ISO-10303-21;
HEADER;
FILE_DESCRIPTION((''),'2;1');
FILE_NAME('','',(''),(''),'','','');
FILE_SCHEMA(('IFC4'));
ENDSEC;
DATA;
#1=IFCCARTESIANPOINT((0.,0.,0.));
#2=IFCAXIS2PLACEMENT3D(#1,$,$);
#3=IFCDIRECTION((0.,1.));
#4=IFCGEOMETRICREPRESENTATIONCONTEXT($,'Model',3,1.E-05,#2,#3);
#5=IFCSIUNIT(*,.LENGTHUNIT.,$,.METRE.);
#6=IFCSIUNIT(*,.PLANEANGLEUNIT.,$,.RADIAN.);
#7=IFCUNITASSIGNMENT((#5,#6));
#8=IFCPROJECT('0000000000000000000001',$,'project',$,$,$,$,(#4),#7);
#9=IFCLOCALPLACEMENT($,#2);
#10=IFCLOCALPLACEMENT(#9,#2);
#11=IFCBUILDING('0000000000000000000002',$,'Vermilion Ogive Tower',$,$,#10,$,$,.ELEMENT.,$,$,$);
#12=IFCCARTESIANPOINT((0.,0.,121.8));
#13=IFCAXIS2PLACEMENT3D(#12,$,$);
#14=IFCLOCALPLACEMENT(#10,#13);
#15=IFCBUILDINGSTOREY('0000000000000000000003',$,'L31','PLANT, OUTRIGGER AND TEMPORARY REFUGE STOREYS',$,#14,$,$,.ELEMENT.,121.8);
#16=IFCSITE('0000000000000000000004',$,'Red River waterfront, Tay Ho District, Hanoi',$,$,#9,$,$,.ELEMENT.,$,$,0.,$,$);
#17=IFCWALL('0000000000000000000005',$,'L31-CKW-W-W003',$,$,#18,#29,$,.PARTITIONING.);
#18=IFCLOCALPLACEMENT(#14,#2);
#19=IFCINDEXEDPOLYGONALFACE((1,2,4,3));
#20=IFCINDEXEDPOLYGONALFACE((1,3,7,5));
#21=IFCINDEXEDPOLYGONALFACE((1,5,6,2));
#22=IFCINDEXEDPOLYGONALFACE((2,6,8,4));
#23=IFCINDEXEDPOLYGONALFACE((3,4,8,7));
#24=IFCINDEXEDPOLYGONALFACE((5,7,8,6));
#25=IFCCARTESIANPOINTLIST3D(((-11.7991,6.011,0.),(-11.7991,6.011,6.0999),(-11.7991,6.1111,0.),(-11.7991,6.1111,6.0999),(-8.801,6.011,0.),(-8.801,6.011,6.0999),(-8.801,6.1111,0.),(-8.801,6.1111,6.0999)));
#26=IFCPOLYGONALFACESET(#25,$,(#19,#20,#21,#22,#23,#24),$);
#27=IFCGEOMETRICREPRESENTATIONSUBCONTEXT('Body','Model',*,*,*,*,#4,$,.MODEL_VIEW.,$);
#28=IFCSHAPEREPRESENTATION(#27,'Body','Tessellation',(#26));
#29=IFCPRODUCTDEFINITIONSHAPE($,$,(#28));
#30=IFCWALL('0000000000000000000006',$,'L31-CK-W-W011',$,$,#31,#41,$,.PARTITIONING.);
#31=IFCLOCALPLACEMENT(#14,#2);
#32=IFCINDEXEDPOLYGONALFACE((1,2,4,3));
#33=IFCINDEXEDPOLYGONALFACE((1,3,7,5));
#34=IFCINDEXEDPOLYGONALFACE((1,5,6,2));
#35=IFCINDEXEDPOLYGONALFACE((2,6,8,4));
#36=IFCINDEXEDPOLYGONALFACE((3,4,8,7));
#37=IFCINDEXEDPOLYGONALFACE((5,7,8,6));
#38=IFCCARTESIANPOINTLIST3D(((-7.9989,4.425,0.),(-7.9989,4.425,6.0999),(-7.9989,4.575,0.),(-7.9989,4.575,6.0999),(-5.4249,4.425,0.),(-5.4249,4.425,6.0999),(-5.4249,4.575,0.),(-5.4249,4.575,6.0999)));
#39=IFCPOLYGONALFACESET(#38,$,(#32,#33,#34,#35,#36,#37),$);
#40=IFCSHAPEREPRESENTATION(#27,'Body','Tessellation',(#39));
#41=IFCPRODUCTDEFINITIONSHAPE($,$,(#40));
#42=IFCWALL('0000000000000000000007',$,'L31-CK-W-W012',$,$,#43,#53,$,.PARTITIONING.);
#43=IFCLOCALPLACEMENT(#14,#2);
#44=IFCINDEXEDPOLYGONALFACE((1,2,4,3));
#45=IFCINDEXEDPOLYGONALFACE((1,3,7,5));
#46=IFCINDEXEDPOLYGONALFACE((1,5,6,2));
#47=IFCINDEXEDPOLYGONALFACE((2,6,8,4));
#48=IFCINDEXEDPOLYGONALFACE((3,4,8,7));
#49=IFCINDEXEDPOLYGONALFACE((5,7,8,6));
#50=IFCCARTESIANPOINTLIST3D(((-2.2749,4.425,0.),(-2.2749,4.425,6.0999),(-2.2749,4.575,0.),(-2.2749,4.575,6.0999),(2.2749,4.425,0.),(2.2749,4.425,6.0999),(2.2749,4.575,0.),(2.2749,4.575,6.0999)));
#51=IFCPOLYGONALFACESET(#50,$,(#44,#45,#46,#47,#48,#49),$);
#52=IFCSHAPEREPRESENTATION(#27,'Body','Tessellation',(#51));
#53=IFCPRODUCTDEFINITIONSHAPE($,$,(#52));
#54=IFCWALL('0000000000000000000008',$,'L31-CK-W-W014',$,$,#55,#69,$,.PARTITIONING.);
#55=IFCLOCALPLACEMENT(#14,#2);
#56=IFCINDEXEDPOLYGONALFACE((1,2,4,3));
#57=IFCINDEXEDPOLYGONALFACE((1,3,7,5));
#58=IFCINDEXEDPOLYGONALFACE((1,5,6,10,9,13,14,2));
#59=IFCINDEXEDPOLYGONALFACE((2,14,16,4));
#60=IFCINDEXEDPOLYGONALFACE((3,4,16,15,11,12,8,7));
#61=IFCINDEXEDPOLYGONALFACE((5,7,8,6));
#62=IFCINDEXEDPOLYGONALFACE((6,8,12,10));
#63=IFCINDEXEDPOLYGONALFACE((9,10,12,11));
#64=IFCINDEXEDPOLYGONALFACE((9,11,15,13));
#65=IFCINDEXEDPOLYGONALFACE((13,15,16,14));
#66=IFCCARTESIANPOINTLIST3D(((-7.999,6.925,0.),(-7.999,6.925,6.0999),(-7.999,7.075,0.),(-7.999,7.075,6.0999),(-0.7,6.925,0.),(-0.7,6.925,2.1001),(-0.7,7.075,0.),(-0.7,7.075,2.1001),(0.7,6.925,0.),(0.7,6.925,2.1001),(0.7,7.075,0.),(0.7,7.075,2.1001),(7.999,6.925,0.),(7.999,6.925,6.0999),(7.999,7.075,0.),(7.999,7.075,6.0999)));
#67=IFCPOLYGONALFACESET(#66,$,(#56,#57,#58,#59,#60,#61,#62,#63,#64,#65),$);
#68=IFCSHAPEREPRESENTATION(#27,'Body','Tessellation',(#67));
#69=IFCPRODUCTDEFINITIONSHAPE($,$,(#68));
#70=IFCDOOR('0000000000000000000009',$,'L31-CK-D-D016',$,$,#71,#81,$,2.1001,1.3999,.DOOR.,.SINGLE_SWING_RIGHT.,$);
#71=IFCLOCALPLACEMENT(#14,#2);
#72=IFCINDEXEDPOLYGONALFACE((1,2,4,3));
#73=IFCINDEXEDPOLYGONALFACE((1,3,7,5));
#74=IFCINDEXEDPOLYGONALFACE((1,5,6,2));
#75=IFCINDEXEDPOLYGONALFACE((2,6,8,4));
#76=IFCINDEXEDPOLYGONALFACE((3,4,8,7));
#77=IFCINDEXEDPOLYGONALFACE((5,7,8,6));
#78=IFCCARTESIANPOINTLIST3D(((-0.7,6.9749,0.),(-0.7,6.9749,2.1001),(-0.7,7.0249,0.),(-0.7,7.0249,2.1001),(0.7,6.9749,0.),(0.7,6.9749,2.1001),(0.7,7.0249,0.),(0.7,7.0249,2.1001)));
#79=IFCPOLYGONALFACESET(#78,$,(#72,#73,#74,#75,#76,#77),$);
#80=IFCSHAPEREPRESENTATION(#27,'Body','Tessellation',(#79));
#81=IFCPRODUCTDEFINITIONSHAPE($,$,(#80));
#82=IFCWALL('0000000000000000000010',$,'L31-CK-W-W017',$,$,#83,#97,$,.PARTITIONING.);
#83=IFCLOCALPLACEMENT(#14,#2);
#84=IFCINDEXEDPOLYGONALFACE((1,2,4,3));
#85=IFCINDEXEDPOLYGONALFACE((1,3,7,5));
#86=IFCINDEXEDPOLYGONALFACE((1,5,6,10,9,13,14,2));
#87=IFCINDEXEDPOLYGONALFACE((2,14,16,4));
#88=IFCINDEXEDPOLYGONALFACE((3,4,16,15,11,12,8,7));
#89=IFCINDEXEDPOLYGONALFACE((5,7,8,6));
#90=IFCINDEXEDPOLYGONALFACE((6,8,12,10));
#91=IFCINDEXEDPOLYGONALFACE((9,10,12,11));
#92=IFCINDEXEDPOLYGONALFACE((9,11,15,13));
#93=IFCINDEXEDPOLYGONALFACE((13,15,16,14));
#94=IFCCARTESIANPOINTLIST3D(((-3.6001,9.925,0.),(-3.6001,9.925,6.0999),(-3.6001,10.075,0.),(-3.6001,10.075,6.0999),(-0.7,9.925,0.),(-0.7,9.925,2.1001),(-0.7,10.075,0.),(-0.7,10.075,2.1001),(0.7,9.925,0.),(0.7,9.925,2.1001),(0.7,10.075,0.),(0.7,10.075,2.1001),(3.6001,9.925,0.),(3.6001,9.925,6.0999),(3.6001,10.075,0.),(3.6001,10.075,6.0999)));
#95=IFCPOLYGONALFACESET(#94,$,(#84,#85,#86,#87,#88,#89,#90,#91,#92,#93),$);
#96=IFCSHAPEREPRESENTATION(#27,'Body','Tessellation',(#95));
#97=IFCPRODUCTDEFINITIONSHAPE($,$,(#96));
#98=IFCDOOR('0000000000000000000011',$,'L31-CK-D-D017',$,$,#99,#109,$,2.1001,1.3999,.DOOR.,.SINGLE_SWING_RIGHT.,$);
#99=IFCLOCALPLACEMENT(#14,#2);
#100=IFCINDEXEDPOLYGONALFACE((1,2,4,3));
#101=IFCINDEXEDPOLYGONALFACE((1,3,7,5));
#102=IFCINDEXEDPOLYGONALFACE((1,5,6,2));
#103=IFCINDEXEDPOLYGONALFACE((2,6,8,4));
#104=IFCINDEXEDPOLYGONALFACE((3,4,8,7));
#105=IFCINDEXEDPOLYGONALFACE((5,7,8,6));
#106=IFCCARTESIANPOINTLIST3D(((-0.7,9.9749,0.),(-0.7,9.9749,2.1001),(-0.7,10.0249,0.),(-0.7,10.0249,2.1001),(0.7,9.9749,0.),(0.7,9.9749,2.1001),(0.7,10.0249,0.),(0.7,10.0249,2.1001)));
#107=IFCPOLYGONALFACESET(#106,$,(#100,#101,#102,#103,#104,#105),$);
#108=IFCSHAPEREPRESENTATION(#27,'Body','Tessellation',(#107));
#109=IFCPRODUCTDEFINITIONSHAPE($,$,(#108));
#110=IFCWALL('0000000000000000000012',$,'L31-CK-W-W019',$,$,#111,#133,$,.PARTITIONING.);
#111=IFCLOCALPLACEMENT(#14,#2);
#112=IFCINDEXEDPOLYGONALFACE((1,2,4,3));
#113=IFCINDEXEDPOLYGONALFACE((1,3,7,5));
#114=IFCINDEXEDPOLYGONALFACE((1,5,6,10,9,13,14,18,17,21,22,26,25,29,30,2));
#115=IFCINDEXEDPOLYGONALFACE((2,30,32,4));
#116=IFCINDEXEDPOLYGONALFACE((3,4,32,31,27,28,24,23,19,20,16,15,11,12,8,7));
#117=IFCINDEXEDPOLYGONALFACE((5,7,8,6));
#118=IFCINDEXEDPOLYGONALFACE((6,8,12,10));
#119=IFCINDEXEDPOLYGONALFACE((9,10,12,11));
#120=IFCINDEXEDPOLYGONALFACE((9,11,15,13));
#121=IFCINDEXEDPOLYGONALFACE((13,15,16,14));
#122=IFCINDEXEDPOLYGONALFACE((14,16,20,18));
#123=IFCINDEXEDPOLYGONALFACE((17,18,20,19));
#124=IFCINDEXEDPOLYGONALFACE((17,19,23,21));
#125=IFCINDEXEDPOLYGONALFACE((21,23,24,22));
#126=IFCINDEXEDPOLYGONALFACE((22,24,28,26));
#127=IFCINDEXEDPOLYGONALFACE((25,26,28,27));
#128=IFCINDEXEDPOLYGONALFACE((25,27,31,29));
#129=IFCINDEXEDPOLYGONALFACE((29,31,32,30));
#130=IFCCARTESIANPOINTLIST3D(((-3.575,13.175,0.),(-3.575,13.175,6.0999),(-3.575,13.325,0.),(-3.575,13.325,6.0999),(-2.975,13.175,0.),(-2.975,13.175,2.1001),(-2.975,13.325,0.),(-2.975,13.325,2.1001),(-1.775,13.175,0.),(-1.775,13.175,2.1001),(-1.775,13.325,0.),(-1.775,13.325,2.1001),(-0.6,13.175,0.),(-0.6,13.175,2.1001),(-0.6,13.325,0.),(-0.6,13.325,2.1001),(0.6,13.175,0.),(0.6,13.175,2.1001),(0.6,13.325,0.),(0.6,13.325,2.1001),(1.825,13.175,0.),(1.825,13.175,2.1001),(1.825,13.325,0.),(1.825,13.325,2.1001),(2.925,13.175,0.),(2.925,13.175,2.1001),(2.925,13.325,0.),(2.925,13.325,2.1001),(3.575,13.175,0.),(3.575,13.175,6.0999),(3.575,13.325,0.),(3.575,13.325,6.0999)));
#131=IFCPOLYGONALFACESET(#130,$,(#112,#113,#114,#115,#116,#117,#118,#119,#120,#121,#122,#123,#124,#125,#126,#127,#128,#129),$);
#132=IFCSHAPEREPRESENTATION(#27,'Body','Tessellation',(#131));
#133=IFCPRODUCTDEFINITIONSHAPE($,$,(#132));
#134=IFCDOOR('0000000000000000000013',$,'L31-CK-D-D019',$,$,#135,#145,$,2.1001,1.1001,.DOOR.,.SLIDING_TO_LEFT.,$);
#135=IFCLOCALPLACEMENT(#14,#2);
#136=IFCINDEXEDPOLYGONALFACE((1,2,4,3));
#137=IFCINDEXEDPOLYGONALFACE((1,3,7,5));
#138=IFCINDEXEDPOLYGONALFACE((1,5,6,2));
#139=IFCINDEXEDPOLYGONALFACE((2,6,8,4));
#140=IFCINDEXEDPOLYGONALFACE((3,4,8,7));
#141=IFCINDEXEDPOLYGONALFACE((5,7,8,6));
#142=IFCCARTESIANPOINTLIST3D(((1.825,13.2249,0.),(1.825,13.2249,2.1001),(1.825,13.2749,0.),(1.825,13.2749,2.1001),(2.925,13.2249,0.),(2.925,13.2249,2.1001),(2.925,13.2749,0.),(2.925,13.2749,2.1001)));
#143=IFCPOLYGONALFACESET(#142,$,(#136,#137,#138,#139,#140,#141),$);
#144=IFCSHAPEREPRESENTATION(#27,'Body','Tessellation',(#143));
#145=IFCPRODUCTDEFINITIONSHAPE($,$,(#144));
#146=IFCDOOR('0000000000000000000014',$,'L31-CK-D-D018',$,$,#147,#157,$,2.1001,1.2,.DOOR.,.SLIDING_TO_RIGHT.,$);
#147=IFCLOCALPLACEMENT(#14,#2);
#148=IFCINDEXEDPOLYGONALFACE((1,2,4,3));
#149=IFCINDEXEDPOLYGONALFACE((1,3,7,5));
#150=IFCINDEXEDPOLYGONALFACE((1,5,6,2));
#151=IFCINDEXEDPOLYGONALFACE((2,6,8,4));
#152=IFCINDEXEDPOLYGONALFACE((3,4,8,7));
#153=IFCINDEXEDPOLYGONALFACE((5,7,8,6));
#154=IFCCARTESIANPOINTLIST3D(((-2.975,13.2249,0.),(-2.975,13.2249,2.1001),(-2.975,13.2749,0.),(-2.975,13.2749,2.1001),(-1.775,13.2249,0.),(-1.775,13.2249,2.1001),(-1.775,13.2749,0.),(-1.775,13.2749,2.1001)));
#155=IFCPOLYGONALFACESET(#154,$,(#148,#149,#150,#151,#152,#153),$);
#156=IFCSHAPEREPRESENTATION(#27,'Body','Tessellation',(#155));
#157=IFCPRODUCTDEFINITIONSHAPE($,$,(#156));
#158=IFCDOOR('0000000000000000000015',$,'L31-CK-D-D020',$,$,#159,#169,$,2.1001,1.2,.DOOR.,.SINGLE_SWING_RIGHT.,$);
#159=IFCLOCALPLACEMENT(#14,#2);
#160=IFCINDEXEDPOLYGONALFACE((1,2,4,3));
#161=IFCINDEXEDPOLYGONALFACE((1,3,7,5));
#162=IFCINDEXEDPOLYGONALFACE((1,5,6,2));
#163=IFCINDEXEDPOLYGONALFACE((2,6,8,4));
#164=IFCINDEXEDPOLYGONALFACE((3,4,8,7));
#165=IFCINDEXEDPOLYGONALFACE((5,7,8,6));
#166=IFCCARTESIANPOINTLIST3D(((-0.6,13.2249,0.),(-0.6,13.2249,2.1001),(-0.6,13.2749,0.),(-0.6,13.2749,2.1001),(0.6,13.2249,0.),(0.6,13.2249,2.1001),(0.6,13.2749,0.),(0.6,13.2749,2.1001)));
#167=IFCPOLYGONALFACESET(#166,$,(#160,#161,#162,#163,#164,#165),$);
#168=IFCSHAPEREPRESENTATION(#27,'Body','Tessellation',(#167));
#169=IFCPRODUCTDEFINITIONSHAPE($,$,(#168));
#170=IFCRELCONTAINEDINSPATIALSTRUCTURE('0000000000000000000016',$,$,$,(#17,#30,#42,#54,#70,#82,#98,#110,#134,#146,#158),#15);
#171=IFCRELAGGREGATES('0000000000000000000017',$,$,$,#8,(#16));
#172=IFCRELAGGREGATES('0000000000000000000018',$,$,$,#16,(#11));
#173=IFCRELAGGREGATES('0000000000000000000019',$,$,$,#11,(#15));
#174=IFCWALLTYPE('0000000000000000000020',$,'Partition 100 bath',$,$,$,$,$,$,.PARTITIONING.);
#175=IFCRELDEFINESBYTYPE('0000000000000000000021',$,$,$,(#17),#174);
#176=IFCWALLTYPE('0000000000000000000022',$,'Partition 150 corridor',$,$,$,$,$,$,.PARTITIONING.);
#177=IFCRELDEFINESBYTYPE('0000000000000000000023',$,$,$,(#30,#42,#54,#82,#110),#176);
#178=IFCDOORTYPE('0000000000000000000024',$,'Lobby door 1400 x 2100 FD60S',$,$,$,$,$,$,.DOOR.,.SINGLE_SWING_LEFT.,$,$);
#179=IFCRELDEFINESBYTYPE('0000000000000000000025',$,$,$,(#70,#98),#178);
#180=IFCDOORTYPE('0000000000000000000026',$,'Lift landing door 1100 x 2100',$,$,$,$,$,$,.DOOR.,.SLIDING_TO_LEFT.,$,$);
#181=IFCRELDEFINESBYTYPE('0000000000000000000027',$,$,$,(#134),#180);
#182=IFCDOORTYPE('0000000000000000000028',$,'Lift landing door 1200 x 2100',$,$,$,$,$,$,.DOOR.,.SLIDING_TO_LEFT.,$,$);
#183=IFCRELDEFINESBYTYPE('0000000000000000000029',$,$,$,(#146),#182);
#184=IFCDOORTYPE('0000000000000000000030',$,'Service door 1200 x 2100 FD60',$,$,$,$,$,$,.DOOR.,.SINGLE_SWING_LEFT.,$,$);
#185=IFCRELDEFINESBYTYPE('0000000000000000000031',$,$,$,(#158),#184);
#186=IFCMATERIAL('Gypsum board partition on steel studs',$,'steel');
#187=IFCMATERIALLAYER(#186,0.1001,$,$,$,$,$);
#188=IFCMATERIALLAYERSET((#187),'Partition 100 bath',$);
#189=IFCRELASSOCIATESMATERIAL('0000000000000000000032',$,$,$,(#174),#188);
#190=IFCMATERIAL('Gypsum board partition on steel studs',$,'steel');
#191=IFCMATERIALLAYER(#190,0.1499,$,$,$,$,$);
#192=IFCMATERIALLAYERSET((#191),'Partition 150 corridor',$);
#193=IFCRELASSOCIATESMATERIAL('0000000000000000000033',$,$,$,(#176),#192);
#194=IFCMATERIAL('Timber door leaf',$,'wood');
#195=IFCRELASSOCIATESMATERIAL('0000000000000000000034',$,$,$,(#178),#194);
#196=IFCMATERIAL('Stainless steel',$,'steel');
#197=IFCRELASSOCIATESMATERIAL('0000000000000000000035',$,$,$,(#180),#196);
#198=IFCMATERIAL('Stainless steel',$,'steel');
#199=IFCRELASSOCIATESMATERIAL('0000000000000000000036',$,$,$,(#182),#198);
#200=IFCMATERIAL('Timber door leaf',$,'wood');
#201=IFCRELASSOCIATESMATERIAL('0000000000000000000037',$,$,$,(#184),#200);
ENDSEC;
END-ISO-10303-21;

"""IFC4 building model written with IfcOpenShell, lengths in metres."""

from ifc_helpers import new_model, si_unit, direction, frame, frame_2d, origin, place, context, subcontext, project, spatial, rectangle, extrude, material, layer, layer_set, type_object, element, fill, save


model = new_model("IFC4")

# Units and contexts
model_context = context("Model", 3, precision=1e-05, world=origin(), true_north=direction((0.0, 1.0)))
body_context = subcontext(model_context, "Body", "Model", "MODEL_VIEW")
ifc_project = project(units=[si_unit("LENGTHUNIT", "METRE"), si_unit("PLANEANGLEUNIT", "RADIAN")], contexts=[model_context])

# Site, building, storey
site_placement = place(None, origin())
site = spatial("IfcSite", under=ifc_project, at=site_placement, Name="Red River waterfront, Tay Ho District, Hanoi", CompositionType="ELEMENT", RefElevation=0.0)
building_placement = place(site_placement, origin())
building = spatial("IfcBuilding", under=site, at=building_placement, Name="Vermilion Ogive Tower", CompositionType="ELEMENT")
storey_placement = place(building_placement, frame((0.0, 0.0, 121.8)))
storey = spatial("IfcBuildingStorey", under=building, at=storey_placement, Name="L31", Description="PLANT, OUTRIGGER AND TEMPORARY REFUGE STOREYS", CompositionType="ELEMENT", Elevation=121.8)

# Walls
ifc_material_1 = material(Name="Gypsum board partition on steel studs", Category="steel")
ifc_layer_1 = layer(ifc_material_1, 0.1001)
ifc_layer_set_1 = layer_set([ifc_layer_1], Name="Partition 100 bath")
wall_type_1 = type_object("IfcWallType", Name="Partition 100 bath", PredefinedType="PARTITIONING", material=ifc_layer_set_1)
wall_1_placement = place(storey_placement, frame((-11.7991, 6.061, 0.0), z_axis=(0.0, 0.0, 1.0), x_axis=(1.0, 0.0, 0.0)))
element("IfcWall", 1, at=wall_1_placement, inside=storey, type_object=wall_type_1, Name="L31-CKW-W-W003", PredefinedType="PARTITIONING", context=body_context, shape_type="SweptSolid", body=[
    extrude(rectangle(XDim=2.998, YDim=0.1001, at=frame_2d((1.499, 0.0))), origin(), (0.0, 0.0, 1.0), 6.0999),
])
ifc_material_2 = material(Name="Gypsum board partition on steel studs", Category="steel")
ifc_layer_2 = layer(ifc_material_2, 0.1499)
ifc_layer_set_2 = layer_set([ifc_layer_2], Name="Partition 150 corridor")
wall_type_2 = type_object("IfcWallType", Name="Partition 150 corridor", PredefinedType="PARTITIONING", material=ifc_layer_set_2)
wall_2_placement = place(storey_placement, frame((-7.999, 4.5, 0.0), z_axis=(0.0, 0.0, 1.0), x_axis=(1.0, 0.0, 0.0)))
element("IfcWall", 2, at=wall_2_placement, inside=storey, type_object=wall_type_2, Name="L31-CK-W-W011", PredefinedType="PARTITIONING", context=body_context, shape_type="SweptSolid", body=[
    extrude(rectangle(XDim=2.574, YDim=0.1499, at=frame_2d((1.2871, 0.0))), origin(), (0.0, 0.0, 1.0), 6.0999),
])
wall_3_placement = place(storey_placement, frame((-2.2749, 4.5, 0.0), z_axis=(0.0, 0.0, 1.0), x_axis=(1.0, 0.0, 0.0)))
element("IfcWall", 3, at=wall_3_placement, inside=storey, type_object=wall_type_2, Name="L31-CK-W-W012", PredefinedType="PARTITIONING", context=body_context, shape_type="SweptSolid", body=[
    extrude(rectangle(XDim=4.5498, YDim=0.1499, at=frame_2d((2.2749, 0.0))), origin(), (0.0, 0.0, 1.0), 6.0999),
])

# Walls, openings, doors
wall_4_placement = place(storey_placement, frame((-7.999, 7.0, 0.0), z_axis=(0.0, 0.0, 1.0), x_axis=(1.0, 0.0, 0.0)))
wall_4 = element("IfcWall", 4, at=wall_4_placement, inside=storey, type_object=wall_type_2, Name="L31-CK-W-W014", PredefinedType="PARTITIONING", context=body_context, shape_type="SweptSolid", body=[
    extrude(rectangle(XDim=15.998, YDim=0.1499, at=frame_2d((7.999, 0.0))), origin(), (0.0, 0.0, 1.0), 6.0999),
])
opening_1_placement = place(wall_4_placement, frame((7.2991, 0.0, 0.0)))
opening_1 = element("IfcOpeningElement", 5, at=opening_1_placement, cuts=wall_4, PredefinedType="OPENING", context=body_context, shape_type="SweptSolid", body=[
    extrude(rectangle(XDim=1.3999, YDim=2.1001, at=frame_2d((0.7, 1.05))), frame((0.0, 0.085, 0.0), z_axis=(0.0, -1.0, 0.0), x_axis=(1.0, 0.0, 0.0)), (0.0, 0.0, 1.0), 0.1699),
])
ifc_material_3 = material(Name="Timber door leaf", Category="wood")
door_type_1 = type_object("IfcDoorType", Name="Lobby door 1400 x 2100 FD60S", OperationType="SINGLE_SWING_LEFT", PredefinedType="DOOR", material=ifc_material_3)
door_1_placement = place(opening_1_placement, origin())
door_1 = element("IfcDoor", 6, at=door_1_placement, inside=storey, type_object=door_type_1, Name="L31-CK-D-D016", OperationType="SINGLE_SWING_RIGHT", OverallHeight=2.1001, OverallWidth=1.3999, PredefinedType="DOOR", context=body_context, shape_type="SweptSolid", body=[
    extrude(rectangle(XDim=1.3999, YDim=2.1001, at=frame_2d((0.7, 1.05))), frame((0.0, 0.0249, 0.0), z_axis=(0.0, -1.0, 0.0), x_axis=(1.0, 0.0, 0.0)), (0.0, 0.0, 1.0), 0.05),
])
fill(opening_1, door_1)
wall_5_placement = place(storey_placement, frame((-3.6001, 10.0, 0.0), z_axis=(0.0, 0.0, 1.0), x_axis=(1.0, 0.0, 0.0)))
wall_5 = element("IfcWall", 7, at=wall_5_placement, inside=storey, type_object=wall_type_2, Name="L31-CK-W-W017", PredefinedType="PARTITIONING", context=body_context, shape_type="SweptSolid", body=[
    extrude(rectangle(XDim=7.2002, YDim=0.1499, at=frame_2d((3.6001, 0.0))), origin(), (0.0, 0.0, 1.0), 6.0999),
])
opening_2_placement = place(wall_5_placement, frame((2.9001, 0.0, 0.0)))
opening_2 = element("IfcOpeningElement", 8, at=opening_2_placement, cuts=wall_5, PredefinedType="OPENING", context=body_context, shape_type="SweptSolid", body=[
    extrude(rectangle(XDim=1.3999, YDim=2.1001, at=frame_2d((0.7, 1.05))), frame((0.0, 0.085, 0.0), z_axis=(0.0, -1.0, 0.0), x_axis=(1.0, 0.0, 0.0)), (0.0, 0.0, 1.0), 0.1699),
])
door_2_placement = place(opening_2_placement, origin())
door_2 = element("IfcDoor", 9, at=door_2_placement, inside=storey, type_object=door_type_1, Name="L31-CK-D-D017", OperationType="SINGLE_SWING_RIGHT", OverallHeight=2.1001, OverallWidth=1.3999, PredefinedType="DOOR", context=body_context, shape_type="SweptSolid", body=[
    extrude(rectangle(XDim=1.3999, YDim=2.1001, at=frame_2d((0.7, 1.05))), frame((0.0, 0.0249, 0.0), z_axis=(0.0, -1.0, 0.0), x_axis=(1.0, 0.0, 0.0)), (0.0, 0.0, 1.0), 0.05),
])
fill(opening_2, door_2)

# Wall, openings, doors
wall_6_placement = place(storey_placement, frame((-3.575, 13.25, 0.0), z_axis=(0.0, 0.0, 1.0), x_axis=(1.0, 0.0, 0.0)))
wall_6 = element("IfcWall", 10, at=wall_6_placement, inside=storey, type_object=wall_type_2, Name="L31-CK-W-W019", PredefinedType="PARTITIONING", context=body_context, shape_type="SweptSolid", body=[
    extrude(rectangle(XDim=7.1499, YDim=0.1499, at=frame_2d((3.575, 0.0))), origin(), (0.0, 0.0, 1.0), 6.0999),
])
opening_3_placement = place(wall_6_placement, frame((0.5999, 0.0, 0.0)))
opening_3 = element("IfcOpeningElement", 11, at=opening_3_placement, cuts=wall_6, PredefinedType="OPENING", context=body_context, shape_type="SweptSolid", body=[
    extrude(rectangle(XDim=1.2, YDim=2.1001, at=frame_2d((0.6001, 1.05))), frame((0.0, 0.085, 0.0), z_axis=(0.0, -1.0, 0.0), x_axis=(1.0, 0.0, 0.0)), (0.0, 0.0, 1.0), 0.1699),
])
opening_4_placement = place(wall_6_placement, frame((5.3999, 0.0, 0.0)))
opening_4 = element("IfcOpeningElement", 12, at=opening_4_placement, cuts=wall_6, PredefinedType="OPENING", context=body_context, shape_type="SweptSolid", body=[
    extrude(rectangle(XDim=1.1001, YDim=2.1001, at=frame_2d((0.55, 1.05))), frame((0.0, 0.085, 0.0), z_axis=(0.0, -1.0, 0.0), x_axis=(1.0, 0.0, 0.0)), (0.0, 0.0, 1.0), 0.1699),
])
opening_5_placement = place(wall_6_placement, frame((2.9749, 0.0, 0.0)))
opening_5 = element("IfcOpeningElement", 13, at=opening_5_placement, cuts=wall_6, PredefinedType="OPENING", context=body_context, shape_type="SweptSolid", body=[
    extrude(rectangle(XDim=1.2, YDim=2.1001, at=frame_2d((0.6001, 1.05))), frame((0.0, 0.085, 0.0), z_axis=(0.0, -1.0, 0.0), x_axis=(1.0, 0.0, 0.0)), (0.0, 0.0, 1.0), 0.1699),
])
ifc_material_4 = material(Name="Stainless steel", Category="steel")
door_type_2 = type_object("IfcDoorType", Name="Lift landing door 1100 x 2100", OperationType="SLIDING_TO_LEFT", PredefinedType="DOOR", material=ifc_material_4)
door_3_placement = place(opening_4_placement, origin())
door_3 = element("IfcDoor", 14, at=door_3_placement, inside=storey, type_object=door_type_2, Name="L31-CK-D-D019", OperationType="SLIDING_TO_LEFT", OverallHeight=2.1001, OverallWidth=1.1001, PredefinedType="DOOR", context=body_context, shape_type="SweptSolid", body=[
    extrude(rectangle(XDim=1.1001, YDim=2.1001, at=frame_2d((0.55, 1.05))), frame((0.0, 0.0249, 0.0), z_axis=(0.0, -1.0, 0.0), x_axis=(1.0, 0.0, 0.0)), (0.0, 0.0, 1.0), 0.05),
])
fill(opening_4, door_3)
ifc_material_5 = material(Name="Stainless steel", Category="steel")
door_type_3 = type_object("IfcDoorType", Name="Lift landing door 1200 x 2100", OperationType="SLIDING_TO_LEFT", PredefinedType="DOOR", material=ifc_material_5)
door_4_placement = place(opening_3_placement, origin())
door_4 = element("IfcDoor", 15, at=door_4_placement, inside=storey, type_object=door_type_3, Name="L31-CK-D-D018", OperationType="SLIDING_TO_RIGHT", OverallHeight=2.1001, OverallWidth=1.2, PredefinedType="DOOR", context=body_context, shape_type="SweptSolid", body=[
    extrude(rectangle(XDim=1.2, YDim=2.1001, at=frame_2d((0.6001, 1.05))), frame((0.0, 0.0249, 0.0), z_axis=(0.0, -1.0, 0.0), x_axis=(1.0, 0.0, 0.0)), (0.0, 0.0, 1.0), 0.05),
])
fill(opening_3, door_4)
ifc_material_6 = material(Name="Timber door leaf", Category="wood")
door_type_4 = type_object("IfcDoorType", Name="Service door 1200 x 2100 FD60", OperationType="SINGLE_SWING_LEFT", PredefinedType="DOOR", material=ifc_material_6)
door_5_placement = place(opening_5_placement, origin())
door_5 = element("IfcDoor", 16, at=door_5_placement, inside=storey, type_object=door_type_4, Name="L31-CK-D-D020", OperationType="SINGLE_SWING_RIGHT", OverallHeight=2.1001, OverallWidth=1.2, PredefinedType="DOOR", context=body_context, shape_type="SweptSolid", body=[
    extrude(rectangle(XDim=1.2, YDim=2.1001, at=frame_2d((0.6001, 1.05))), frame((0.0, 0.0249, 0.0), z_axis=(0.0, -1.0, 0.0), x_axis=(1.0, 0.0, 0.0)), (0.0, 0.0, 1.0), 0.05),
])
fill(opening_5, door_5)

save(model, "model.ifc")
